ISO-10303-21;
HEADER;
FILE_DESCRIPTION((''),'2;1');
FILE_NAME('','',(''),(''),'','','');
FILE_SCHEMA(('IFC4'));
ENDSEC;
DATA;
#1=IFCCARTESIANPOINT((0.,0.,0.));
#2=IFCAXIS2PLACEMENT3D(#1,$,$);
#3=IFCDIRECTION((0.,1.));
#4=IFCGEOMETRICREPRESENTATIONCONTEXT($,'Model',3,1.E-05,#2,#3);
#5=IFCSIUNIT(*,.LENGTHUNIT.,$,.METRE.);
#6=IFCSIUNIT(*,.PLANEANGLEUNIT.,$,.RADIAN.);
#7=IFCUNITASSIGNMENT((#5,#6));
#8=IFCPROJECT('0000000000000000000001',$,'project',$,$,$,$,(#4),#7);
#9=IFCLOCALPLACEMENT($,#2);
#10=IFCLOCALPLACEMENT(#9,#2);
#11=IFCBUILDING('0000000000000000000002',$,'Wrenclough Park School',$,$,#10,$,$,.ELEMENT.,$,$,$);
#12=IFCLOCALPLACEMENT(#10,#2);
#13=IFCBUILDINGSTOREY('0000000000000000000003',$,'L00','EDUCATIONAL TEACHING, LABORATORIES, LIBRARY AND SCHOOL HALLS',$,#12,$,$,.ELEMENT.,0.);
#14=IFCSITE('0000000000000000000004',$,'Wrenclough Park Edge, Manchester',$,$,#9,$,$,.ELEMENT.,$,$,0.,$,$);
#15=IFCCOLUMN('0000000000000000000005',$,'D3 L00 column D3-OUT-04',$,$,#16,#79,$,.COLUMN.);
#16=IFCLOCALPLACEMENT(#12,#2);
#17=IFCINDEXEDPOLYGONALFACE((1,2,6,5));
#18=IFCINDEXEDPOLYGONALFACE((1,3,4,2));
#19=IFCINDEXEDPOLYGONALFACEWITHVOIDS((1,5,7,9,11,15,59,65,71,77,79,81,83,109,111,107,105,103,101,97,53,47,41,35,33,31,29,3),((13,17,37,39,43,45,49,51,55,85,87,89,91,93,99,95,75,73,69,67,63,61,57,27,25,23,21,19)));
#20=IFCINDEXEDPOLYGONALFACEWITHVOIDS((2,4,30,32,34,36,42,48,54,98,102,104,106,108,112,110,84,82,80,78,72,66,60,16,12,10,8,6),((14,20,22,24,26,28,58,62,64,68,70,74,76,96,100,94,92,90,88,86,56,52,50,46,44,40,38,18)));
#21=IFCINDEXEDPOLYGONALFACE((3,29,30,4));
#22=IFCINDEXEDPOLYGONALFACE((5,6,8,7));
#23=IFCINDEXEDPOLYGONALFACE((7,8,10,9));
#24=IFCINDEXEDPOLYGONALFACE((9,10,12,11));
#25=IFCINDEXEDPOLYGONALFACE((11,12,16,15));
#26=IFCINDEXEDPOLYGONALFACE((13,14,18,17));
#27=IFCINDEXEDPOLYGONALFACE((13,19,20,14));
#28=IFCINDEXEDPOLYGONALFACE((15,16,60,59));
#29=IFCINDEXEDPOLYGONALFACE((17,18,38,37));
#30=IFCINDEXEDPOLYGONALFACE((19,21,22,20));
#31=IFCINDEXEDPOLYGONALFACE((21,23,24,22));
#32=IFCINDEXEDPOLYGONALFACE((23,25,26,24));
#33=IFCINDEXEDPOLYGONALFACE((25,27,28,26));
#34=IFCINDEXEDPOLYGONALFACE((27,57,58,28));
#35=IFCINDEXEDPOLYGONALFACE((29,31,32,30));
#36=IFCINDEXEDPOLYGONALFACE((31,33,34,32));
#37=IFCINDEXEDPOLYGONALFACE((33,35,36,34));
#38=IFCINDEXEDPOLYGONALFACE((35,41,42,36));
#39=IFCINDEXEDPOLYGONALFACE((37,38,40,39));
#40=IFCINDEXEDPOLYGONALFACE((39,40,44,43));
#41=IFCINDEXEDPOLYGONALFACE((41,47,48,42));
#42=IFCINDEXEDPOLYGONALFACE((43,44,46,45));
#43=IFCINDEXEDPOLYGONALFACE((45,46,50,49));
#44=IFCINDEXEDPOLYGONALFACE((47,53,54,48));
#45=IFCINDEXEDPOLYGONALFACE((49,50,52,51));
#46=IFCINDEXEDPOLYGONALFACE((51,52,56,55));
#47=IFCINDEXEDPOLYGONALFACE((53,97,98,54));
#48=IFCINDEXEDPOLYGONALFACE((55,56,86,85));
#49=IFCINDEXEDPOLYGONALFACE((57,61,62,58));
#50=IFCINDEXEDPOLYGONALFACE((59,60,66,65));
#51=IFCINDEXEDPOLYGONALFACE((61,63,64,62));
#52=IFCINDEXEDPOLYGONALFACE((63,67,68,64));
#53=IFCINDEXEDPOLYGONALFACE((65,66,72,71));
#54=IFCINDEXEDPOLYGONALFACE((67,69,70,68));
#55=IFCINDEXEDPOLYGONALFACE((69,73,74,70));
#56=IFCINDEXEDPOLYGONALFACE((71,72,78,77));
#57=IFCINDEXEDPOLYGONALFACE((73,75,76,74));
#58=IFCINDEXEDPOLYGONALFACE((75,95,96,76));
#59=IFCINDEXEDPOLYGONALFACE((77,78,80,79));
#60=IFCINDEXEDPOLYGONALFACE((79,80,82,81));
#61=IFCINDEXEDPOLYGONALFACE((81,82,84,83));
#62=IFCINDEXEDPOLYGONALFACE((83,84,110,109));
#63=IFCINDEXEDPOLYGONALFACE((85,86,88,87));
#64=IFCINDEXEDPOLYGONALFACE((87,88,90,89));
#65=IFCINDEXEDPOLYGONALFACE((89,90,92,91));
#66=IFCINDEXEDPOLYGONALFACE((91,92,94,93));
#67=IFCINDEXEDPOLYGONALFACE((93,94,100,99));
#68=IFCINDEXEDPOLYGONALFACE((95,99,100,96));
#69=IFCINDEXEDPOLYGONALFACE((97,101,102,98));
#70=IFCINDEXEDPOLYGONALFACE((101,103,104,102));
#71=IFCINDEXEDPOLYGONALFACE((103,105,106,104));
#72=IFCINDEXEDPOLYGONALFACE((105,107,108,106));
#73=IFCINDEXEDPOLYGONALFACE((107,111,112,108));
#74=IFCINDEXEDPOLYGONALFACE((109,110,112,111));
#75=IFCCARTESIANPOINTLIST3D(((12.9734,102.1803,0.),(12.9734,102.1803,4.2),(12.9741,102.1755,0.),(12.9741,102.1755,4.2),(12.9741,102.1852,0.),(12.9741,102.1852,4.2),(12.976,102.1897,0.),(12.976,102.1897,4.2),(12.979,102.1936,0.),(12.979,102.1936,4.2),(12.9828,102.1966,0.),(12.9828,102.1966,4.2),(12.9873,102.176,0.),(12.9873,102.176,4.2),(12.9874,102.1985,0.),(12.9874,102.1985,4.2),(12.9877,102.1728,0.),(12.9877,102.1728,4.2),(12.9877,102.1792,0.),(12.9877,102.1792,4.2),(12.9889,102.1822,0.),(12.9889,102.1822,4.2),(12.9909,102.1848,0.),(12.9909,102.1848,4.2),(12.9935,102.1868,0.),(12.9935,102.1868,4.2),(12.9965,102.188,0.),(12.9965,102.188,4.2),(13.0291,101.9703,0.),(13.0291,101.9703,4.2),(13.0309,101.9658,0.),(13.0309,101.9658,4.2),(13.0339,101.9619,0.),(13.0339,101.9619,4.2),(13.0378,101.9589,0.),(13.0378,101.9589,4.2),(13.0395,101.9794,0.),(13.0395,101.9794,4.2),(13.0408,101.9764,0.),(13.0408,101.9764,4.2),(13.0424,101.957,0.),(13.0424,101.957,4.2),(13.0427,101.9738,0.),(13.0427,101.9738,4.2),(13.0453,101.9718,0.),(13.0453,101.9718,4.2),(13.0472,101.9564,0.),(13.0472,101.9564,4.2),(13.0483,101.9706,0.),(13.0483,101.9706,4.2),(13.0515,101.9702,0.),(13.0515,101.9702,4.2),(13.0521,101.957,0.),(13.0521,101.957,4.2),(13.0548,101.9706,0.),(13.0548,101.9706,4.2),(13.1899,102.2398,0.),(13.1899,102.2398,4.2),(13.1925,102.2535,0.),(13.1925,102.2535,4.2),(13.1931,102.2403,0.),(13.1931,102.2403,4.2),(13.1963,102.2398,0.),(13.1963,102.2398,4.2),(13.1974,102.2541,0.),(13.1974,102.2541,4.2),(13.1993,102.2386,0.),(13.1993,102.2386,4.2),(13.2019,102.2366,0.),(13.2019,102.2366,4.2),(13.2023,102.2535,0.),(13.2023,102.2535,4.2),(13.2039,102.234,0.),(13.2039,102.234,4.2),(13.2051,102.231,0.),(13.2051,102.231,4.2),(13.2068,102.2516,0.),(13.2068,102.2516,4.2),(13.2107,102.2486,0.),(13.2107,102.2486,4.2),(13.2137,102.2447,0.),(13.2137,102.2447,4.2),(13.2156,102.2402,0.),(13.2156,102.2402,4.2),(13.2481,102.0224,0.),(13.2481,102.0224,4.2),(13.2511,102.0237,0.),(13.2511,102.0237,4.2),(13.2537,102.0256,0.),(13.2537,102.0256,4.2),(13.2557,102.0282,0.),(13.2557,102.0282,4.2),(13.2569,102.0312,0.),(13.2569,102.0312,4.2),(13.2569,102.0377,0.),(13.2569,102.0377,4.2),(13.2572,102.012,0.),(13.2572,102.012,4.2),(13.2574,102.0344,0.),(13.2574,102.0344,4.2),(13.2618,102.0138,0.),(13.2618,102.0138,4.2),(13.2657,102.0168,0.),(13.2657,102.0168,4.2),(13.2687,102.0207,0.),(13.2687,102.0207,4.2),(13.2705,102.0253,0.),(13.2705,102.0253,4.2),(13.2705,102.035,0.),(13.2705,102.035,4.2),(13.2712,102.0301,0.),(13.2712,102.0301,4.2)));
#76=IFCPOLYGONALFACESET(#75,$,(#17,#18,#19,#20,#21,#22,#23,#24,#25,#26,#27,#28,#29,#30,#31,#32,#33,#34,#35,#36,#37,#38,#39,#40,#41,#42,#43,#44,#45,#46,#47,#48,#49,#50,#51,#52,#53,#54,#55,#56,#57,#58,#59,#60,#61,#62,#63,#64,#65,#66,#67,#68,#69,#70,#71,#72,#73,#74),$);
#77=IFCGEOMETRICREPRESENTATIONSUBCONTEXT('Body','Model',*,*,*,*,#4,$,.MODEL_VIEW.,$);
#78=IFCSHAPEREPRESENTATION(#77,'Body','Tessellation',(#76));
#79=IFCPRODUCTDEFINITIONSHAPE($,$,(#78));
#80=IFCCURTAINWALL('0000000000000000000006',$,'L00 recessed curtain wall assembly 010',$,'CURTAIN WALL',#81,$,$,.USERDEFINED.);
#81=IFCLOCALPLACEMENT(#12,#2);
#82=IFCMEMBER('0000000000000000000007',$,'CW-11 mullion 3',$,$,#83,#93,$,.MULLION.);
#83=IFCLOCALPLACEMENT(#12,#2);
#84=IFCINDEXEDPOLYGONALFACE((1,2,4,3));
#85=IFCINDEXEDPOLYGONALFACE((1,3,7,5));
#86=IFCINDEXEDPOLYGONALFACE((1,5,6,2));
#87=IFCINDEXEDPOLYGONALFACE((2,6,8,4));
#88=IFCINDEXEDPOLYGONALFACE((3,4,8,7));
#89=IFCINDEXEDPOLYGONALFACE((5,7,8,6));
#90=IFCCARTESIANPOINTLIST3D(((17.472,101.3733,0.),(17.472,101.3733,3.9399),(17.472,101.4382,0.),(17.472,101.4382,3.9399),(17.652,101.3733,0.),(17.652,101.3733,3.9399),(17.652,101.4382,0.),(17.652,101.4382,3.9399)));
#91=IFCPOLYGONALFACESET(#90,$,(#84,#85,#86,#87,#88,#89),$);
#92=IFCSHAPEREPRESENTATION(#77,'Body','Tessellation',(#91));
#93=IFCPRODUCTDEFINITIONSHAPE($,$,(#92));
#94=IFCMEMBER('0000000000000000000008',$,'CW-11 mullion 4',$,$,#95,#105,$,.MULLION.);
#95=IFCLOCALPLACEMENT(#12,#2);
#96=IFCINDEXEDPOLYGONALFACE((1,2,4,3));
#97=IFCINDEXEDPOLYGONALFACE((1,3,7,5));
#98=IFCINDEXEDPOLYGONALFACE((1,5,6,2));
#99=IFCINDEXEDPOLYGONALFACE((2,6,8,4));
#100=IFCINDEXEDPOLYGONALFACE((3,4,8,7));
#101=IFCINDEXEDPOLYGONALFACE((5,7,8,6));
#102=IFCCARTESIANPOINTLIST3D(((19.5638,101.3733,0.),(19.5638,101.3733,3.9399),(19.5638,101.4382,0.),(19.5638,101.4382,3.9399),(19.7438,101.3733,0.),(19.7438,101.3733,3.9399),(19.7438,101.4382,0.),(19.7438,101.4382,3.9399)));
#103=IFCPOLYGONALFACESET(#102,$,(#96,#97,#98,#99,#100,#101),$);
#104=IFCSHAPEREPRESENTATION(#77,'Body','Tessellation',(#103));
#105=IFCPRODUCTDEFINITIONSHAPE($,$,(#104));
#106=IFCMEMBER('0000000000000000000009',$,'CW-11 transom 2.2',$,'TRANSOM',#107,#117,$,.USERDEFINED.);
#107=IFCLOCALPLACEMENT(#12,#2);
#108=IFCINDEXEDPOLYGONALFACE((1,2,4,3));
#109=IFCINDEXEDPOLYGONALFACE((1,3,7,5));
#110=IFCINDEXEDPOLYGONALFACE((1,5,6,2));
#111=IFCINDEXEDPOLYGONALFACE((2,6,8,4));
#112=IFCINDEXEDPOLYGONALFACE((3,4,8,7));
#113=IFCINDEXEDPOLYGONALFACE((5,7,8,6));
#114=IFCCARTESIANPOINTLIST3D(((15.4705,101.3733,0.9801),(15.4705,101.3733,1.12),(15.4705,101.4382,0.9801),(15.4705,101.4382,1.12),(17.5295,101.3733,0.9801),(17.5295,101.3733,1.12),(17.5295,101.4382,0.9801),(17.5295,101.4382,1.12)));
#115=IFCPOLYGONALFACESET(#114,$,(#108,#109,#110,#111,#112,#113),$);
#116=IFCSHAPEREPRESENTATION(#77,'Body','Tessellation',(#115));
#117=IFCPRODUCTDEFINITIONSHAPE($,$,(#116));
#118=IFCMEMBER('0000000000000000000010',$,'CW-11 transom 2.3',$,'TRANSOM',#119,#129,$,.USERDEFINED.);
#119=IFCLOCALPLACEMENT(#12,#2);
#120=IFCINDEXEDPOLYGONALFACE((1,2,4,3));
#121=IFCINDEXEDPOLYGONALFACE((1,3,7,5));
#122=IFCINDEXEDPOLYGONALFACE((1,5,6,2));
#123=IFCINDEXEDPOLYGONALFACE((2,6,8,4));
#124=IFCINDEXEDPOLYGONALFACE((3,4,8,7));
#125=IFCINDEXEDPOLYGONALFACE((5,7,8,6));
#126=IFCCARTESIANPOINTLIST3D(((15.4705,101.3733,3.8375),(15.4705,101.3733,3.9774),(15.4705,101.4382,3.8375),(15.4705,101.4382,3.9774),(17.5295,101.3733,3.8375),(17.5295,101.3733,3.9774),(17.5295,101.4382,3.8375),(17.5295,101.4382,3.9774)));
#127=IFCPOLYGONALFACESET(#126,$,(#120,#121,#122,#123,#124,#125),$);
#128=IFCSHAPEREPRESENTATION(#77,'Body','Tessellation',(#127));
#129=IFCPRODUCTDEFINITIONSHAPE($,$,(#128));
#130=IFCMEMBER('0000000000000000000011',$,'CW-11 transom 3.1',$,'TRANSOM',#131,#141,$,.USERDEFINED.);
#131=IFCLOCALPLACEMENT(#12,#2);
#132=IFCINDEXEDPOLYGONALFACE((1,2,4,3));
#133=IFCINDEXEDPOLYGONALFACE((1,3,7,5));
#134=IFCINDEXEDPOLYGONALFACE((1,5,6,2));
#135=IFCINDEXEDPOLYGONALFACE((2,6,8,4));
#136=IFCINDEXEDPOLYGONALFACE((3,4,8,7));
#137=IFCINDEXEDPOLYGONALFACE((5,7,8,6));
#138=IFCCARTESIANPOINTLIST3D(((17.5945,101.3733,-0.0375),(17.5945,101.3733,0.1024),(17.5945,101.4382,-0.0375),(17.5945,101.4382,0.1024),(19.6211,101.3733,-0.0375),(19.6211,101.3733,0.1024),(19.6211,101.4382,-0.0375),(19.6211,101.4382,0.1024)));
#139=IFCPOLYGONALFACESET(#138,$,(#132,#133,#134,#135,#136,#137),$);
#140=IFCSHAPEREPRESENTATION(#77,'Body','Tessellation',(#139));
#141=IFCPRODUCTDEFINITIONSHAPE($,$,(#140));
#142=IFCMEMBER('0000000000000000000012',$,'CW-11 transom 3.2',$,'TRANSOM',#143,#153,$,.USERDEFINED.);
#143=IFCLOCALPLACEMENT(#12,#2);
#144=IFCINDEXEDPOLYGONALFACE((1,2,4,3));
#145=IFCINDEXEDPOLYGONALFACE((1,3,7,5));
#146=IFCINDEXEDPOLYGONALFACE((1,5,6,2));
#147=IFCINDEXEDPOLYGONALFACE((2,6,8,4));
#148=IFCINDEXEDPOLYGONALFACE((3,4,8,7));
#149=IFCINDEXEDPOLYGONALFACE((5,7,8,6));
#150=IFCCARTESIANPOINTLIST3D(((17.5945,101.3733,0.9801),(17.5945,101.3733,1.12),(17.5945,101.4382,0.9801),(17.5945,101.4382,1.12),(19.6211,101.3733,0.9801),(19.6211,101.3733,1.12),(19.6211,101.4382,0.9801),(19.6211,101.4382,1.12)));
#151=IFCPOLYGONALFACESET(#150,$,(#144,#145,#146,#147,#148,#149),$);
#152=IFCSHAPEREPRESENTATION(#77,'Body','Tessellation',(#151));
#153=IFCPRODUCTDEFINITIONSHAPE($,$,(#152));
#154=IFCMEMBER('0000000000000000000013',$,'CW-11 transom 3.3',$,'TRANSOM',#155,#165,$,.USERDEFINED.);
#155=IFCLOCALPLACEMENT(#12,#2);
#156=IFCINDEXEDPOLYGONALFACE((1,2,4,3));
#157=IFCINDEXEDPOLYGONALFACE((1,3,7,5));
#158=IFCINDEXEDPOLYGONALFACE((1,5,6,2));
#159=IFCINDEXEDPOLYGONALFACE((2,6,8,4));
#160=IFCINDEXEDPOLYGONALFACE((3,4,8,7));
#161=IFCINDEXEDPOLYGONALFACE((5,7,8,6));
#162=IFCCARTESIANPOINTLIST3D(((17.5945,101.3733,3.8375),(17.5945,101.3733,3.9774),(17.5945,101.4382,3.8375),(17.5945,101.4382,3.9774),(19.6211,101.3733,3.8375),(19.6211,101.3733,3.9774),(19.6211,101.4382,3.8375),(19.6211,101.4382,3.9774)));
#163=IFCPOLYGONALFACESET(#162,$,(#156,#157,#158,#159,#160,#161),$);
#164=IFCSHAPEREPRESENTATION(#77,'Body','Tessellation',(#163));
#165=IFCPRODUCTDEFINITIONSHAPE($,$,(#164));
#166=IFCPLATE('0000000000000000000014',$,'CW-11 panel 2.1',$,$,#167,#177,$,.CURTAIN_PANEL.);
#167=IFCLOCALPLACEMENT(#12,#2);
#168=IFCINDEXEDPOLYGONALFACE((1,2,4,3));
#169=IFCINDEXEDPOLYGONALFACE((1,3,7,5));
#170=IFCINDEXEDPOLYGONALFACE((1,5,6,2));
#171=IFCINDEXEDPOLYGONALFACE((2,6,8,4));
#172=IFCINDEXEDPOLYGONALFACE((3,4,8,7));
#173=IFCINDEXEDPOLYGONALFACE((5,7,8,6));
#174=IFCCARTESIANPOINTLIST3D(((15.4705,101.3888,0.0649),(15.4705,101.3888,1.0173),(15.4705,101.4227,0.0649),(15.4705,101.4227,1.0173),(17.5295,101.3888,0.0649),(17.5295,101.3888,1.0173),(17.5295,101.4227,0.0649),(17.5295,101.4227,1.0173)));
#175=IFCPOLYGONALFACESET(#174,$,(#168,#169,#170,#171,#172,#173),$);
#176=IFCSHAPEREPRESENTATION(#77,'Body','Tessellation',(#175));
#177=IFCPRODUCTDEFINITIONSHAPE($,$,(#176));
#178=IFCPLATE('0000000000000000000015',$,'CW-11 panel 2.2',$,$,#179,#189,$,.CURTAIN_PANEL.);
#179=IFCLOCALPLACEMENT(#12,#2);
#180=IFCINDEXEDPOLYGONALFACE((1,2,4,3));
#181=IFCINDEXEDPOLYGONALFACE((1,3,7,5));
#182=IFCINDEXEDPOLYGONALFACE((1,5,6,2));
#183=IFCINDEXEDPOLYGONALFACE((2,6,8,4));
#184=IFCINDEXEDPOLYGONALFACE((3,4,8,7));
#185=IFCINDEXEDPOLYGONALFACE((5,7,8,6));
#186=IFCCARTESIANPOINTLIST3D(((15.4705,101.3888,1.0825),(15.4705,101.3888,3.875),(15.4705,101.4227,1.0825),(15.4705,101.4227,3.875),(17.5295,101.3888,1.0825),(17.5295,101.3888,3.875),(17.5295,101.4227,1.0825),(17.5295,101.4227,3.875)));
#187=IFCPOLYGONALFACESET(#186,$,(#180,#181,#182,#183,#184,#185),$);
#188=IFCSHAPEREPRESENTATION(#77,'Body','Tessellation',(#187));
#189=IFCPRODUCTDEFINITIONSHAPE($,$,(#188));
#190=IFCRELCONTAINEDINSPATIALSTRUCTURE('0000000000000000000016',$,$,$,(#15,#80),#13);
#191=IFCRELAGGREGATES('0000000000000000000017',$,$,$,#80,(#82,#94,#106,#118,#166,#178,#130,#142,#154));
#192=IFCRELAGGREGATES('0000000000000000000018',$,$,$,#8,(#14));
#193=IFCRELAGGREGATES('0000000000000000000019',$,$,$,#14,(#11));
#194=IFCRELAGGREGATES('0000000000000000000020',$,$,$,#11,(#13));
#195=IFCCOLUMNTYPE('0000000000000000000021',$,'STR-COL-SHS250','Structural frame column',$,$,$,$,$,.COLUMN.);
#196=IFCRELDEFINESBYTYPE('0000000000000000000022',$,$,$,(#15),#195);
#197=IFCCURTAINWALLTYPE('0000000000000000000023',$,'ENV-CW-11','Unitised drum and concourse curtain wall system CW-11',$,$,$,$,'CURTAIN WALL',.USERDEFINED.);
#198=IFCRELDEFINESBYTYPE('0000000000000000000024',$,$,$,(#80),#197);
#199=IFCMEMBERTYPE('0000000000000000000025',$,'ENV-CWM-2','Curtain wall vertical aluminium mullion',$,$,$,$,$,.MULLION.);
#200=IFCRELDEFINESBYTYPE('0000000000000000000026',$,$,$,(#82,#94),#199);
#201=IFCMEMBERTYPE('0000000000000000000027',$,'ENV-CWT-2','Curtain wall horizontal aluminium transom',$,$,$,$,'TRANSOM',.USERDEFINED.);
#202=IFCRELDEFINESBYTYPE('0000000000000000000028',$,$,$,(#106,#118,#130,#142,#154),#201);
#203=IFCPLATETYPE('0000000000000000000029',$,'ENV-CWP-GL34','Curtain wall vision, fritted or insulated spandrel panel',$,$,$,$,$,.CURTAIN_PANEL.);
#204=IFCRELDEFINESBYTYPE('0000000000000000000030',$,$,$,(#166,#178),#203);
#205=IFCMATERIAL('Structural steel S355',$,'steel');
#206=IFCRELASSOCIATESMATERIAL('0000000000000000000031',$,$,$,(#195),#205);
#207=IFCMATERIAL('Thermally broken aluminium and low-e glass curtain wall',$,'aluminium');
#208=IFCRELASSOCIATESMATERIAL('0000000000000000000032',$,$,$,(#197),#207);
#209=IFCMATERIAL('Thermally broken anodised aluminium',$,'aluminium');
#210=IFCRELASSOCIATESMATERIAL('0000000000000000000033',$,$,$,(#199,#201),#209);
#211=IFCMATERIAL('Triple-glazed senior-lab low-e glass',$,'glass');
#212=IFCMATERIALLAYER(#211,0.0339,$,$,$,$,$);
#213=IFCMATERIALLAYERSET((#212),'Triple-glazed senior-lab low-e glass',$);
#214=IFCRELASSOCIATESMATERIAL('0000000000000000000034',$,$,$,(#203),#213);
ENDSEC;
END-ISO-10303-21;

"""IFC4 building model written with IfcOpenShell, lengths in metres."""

from ifc_helpers import new_model, si_unit, direction, frame, origin, origin_2d, place, context, subcontext, project, spatial, rectangle, hollow_rectangle, extrude, material, layer, layer_set, material_profile, profile_set, type_object, element, aggregate, save


model = new_model("IFC4")

# Units and contexts
model_context = context("Model", 3, precision=1e-05, world=origin(), true_north=direction((0.0, 1.0)))
body_context = subcontext(model_context, "Body", "Model", "MODEL_VIEW")
ifc_project = project(units=[si_unit("LENGTHUNIT", "METRE"), si_unit("PLANEANGLEUNIT", "RADIAN")], contexts=[model_context])

# Site, building, storey
site_placement = place(None, origin())
site = spatial("IfcSite", under=ifc_project, at=site_placement, Name="Wrenclough Park Edge, Manchester", CompositionType="ELEMENT", RefElevation=0.0)
building_placement = place(site_placement, origin())
building = spatial("IfcBuilding", under=site, at=building_placement, Name="Wrenclough Park School", CompositionType="ELEMENT")
storey_placement = place(building_placement, origin())
storey = spatial("IfcBuildingStorey", under=building, at=storey_placement, Name="L00", Description="EDUCATIONAL TEACHING, LABORATORIES, LIBRARY AND SCHOOL HALLS", CompositionType="ELEMENT", Elevation=0.0)

# Column
ifc_material_1 = material(Name="Structural steel S355", Category="steel")
ifc_material_profile_1 = material_profile(ifc_material_1, hollow_rectangle(XDim=0.25, YDim=0.25, WallThickness=0.0125, InnerFilletRadius=0.0125, OuterFilletRadius=0.0188, at=origin_2d()), Name="SHS 250x250x12.5")
ifc_profile_set_1 = profile_set([ifc_material_profile_1], Name="Structural steel S355")
column_type = type_object("IfcColumnType", Name="STR-COL-SHS250", Description="Structural frame column", PredefinedType="COLUMN", material=ifc_profile_set_1)
for number, where, z_axis, x_axis, name in (
    (1, (13.1223, 102.1052, 0.0), (0.0, 0.0, 1.0), (-0.965926, -0.258819, 0.0), "D3 L00 column D3-OUT-04"),
):
    element("IfcColumn", number, at=place(storey_placement, frame(where, z_axis=z_axis, x_axis=x_axis)), inside=storey, type_object=column_type, Name=name, PredefinedType="COLUMN", context=body_context, shape_type="SweptSolid", body=[
        extrude(hollow_rectangle(XDim=0.25, YDim=0.25, WallThickness=0.0125, InnerFilletRadius=0.0125, OuterFilletRadius=0.0188, at=origin_2d()), origin(), (0.0, 0.0, 1.0), 4.2),
    ])

# Curtain wall, members, plates
ifc_material_2 = material(Name="Thermally broken aluminium and low-e glass curtain wall", Category="aluminium")
curtain_wall_type = type_object("IfcCurtainWallType", Name="ENV-CW-11", Description="Unitised drum and concourse curtain wall system CW-11", ElementType="CURTAIN WALL", PredefinedType="USERDEFINED", material=ifc_material_2)
curtain_wall_placement = place(storey_placement, origin())
curtain_wall = element("IfcCurtainWall", 2, at=curtain_wall_placement, inside=storey, type_object=curtain_wall_type, Name="L00 recessed curtain wall assembly 010", ObjectType="CURTAIN WALL", PredefinedType="USERDEFINED")
ifc_material_3 = material(Name="Thermally broken anodised aluminium", Category="aluminium")
ifc_material_profile_2 = material_profile(ifc_material_3, rectangle(XDim=0.0649, YDim=0.1799, at=origin_2d()), Name="AL MULLION 65x180")
ifc_profile_set_2 = profile_set([ifc_material_profile_2], Name="Thermally broken anodised aluminium")
member_type_1 = type_object("IfcMemberType", Name="ENV-CWM-2", Description="Curtain wall vertical aluminium mullion", PredefinedType="MULLION", material=ifc_profile_set_2)
member_1_placement = place(storey_placement, frame((17.562, 101.4058, 0.0), z_axis=(0.0, 0.0, 1.0), x_axis=(0.0, 1.0, 0.0)))
member_1 = element("IfcMember", 3, at=member_1_placement, type_object=member_type_1, Name="CW-11 mullion 3", PredefinedType="MULLION", context=body_context, shape_type="SweptSolid", body=[
    extrude(rectangle(XDim=0.0649, YDim=0.1799, at=origin_2d()), origin(), (0.0, 0.0, 1.0), 3.9399),
])
member_2_placement = place(storey_placement, frame((19.6538, 101.4058, 0.0), z_axis=(0.0, 0.0, 1.0), x_axis=(0.0, 1.0, 0.0)))
member_2 = element("IfcMember", 4, at=member_2_placement, type_object=member_type_1, Name="CW-11 mullion 4", PredefinedType="MULLION", context=body_context, shape_type="SweptSolid", body=[
    extrude(rectangle(XDim=0.0649, YDim=0.1799, at=origin_2d()), origin(), (0.0, 0.0, 1.0), 3.9399),
])
ifc_material_profile_3 = material_profile(ifc_material_3, rectangle(XDim=0.0649, YDim=0.1399, at=origin_2d()), Name="AL TRANSOM 65x140")
ifc_profile_set_3 = profile_set([ifc_material_profile_3], Name="Thermally broken anodised aluminium")
member_type_2 = type_object("IfcMemberType", Name="ENV-CWT-2", Description="Curtain wall horizontal aluminium transom", ElementType="TRANSOM", PredefinedType="USERDEFINED", material=ifc_profile_set_3)
member_3_placement = place(storey_placement, frame((15.4705, 101.4058, 1.05), z_axis=(1.0, 0.0, 0.0), x_axis=(0.0, 1.0, 0.0)))
member_3 = element("IfcMember", 5, at=member_3_placement, type_object=member_type_2, Name="CW-11 transom 2.2", ObjectType="TRANSOM", PredefinedType="USERDEFINED", context=body_context, shape_type="SweptSolid", body=[
    extrude(rectangle(XDim=0.0649, YDim=0.1399, at=origin_2d()), origin(), (0.0, 0.0, 1.0), 2.0591),
])
member_4_placement = place(storey_placement, frame((15.4705, 101.4058, 3.9075), z_axis=(1.0, 0.0, 0.0), x_axis=(0.0, 1.0, 0.0)))
member_4 = element("IfcMember", 6, at=member_4_placement, type_object=member_type_2, Name="CW-11 transom 2.3", ObjectType="TRANSOM", PredefinedType="USERDEFINED", context=body_context, shape_type="SweptSolid", body=[
    extrude(rectangle(XDim=0.0649, YDim=0.1399, at=origin_2d()), origin(), (0.0, 0.0, 1.0), 2.0591),
])
member_5_placement = place(storey_placement, frame((17.5945, 101.4058, 0.0325), z_axis=(1.0, 0.0, 0.0), x_axis=(0.0, 1.0, 0.0)))
member_5 = element("IfcMember", 7, at=member_5_placement, type_object=member_type_2, Name="CW-11 transom 3.1", ObjectType="TRANSOM", PredefinedType="USERDEFINED", context=body_context, shape_type="SweptSolid", body=[
    extrude(rectangle(XDim=0.0649, YDim=0.1399, at=origin_2d()), origin(), (0.0, 0.0, 1.0), 2.0266),
])
member_6_placement = place(storey_placement, frame((17.5945, 101.4058, 1.05), z_axis=(1.0, 0.0, 0.0), x_axis=(0.0, 1.0, 0.0)))
member_6 = element("IfcMember", 8, at=member_6_placement, type_object=member_type_2, Name="CW-11 transom 3.2", ObjectType="TRANSOM", PredefinedType="USERDEFINED", context=body_context, shape_type="SweptSolid", body=[
    extrude(rectangle(XDim=0.0649, YDim=0.1399, at=origin_2d()), origin(), (0.0, 0.0, 1.0), 2.0266),
])
member_7_placement = place(storey_placement, frame((17.5945, 101.4058, 3.9075), z_axis=(1.0, 0.0, 0.0), x_axis=(0.0, 1.0, 0.0)))
member_7 = element("IfcMember", 9, at=member_7_placement, type_object=member_type_2, Name="CW-11 transom 3.3", ObjectType="TRANSOM", PredefinedType="USERDEFINED", context=body_context, shape_type="SweptSolid", body=[
    extrude(rectangle(XDim=0.0649, YDim=0.1399, at=origin_2d()), origin(), (0.0, 0.0, 1.0), 2.0266),
])
ifc_material_4 = material(Name="Triple-glazed senior-lab low-e glass", Category="glass")
ifc_layer_1 = layer(ifc_material_4, 0.0339)
ifc_layer_set_1 = layer_set([ifc_layer_1], Name="Triple-glazed senior-lab low-e glass")
plate_type_1 = type_object("IfcPlateType", Name="ENV-CWP-GL34", Description="Curtain wall vision, fritted or insulated spandrel panel", PredefinedType="CURTAIN_PANEL", material=ifc_layer_set_1)
plate_1_placement = place(storey_placement, frame((16.5, 101.4058, 0.0649), z_axis=(0.0, 0.0, 1.0), x_axis=(1.0, 0.0, 0.0)))
plate_1 = element("IfcPlate", 10, at=plate_1_placement, type_object=plate_type_1, Name="CW-11 panel 2.1", PredefinedType="CURTAIN_PANEL", context=body_context, shape_type="SweptSolid", body=[
    extrude(rectangle(XDim=2.0591, YDim=0.0339, at=origin_2d()), origin(), (0.0, 0.0, 1.0), 0.9524),
])
plate_2_placement = place(storey_placement, frame((16.5, 101.4058, 1.0825), z_axis=(0.0, 0.0, 1.0), x_axis=(1.0, 0.0, 0.0)))
plate_2 = element("IfcPlate", 11, at=plate_2_placement, type_object=plate_type_1, Name="CW-11 panel 2.2", PredefinedType="CURTAIN_PANEL", context=body_context, shape_type="SweptSolid", body=[
    extrude(rectangle(XDim=2.0591, YDim=0.0339, at=origin_2d()), origin(), (0.0, 0.0, 1.0), 2.7925),
])
aggregate(curtain_wall, [member_1, member_2, member_3, member_4, plate_1, plate_2, member_5, member_6, member_7])

save(model, "model.ifc")
